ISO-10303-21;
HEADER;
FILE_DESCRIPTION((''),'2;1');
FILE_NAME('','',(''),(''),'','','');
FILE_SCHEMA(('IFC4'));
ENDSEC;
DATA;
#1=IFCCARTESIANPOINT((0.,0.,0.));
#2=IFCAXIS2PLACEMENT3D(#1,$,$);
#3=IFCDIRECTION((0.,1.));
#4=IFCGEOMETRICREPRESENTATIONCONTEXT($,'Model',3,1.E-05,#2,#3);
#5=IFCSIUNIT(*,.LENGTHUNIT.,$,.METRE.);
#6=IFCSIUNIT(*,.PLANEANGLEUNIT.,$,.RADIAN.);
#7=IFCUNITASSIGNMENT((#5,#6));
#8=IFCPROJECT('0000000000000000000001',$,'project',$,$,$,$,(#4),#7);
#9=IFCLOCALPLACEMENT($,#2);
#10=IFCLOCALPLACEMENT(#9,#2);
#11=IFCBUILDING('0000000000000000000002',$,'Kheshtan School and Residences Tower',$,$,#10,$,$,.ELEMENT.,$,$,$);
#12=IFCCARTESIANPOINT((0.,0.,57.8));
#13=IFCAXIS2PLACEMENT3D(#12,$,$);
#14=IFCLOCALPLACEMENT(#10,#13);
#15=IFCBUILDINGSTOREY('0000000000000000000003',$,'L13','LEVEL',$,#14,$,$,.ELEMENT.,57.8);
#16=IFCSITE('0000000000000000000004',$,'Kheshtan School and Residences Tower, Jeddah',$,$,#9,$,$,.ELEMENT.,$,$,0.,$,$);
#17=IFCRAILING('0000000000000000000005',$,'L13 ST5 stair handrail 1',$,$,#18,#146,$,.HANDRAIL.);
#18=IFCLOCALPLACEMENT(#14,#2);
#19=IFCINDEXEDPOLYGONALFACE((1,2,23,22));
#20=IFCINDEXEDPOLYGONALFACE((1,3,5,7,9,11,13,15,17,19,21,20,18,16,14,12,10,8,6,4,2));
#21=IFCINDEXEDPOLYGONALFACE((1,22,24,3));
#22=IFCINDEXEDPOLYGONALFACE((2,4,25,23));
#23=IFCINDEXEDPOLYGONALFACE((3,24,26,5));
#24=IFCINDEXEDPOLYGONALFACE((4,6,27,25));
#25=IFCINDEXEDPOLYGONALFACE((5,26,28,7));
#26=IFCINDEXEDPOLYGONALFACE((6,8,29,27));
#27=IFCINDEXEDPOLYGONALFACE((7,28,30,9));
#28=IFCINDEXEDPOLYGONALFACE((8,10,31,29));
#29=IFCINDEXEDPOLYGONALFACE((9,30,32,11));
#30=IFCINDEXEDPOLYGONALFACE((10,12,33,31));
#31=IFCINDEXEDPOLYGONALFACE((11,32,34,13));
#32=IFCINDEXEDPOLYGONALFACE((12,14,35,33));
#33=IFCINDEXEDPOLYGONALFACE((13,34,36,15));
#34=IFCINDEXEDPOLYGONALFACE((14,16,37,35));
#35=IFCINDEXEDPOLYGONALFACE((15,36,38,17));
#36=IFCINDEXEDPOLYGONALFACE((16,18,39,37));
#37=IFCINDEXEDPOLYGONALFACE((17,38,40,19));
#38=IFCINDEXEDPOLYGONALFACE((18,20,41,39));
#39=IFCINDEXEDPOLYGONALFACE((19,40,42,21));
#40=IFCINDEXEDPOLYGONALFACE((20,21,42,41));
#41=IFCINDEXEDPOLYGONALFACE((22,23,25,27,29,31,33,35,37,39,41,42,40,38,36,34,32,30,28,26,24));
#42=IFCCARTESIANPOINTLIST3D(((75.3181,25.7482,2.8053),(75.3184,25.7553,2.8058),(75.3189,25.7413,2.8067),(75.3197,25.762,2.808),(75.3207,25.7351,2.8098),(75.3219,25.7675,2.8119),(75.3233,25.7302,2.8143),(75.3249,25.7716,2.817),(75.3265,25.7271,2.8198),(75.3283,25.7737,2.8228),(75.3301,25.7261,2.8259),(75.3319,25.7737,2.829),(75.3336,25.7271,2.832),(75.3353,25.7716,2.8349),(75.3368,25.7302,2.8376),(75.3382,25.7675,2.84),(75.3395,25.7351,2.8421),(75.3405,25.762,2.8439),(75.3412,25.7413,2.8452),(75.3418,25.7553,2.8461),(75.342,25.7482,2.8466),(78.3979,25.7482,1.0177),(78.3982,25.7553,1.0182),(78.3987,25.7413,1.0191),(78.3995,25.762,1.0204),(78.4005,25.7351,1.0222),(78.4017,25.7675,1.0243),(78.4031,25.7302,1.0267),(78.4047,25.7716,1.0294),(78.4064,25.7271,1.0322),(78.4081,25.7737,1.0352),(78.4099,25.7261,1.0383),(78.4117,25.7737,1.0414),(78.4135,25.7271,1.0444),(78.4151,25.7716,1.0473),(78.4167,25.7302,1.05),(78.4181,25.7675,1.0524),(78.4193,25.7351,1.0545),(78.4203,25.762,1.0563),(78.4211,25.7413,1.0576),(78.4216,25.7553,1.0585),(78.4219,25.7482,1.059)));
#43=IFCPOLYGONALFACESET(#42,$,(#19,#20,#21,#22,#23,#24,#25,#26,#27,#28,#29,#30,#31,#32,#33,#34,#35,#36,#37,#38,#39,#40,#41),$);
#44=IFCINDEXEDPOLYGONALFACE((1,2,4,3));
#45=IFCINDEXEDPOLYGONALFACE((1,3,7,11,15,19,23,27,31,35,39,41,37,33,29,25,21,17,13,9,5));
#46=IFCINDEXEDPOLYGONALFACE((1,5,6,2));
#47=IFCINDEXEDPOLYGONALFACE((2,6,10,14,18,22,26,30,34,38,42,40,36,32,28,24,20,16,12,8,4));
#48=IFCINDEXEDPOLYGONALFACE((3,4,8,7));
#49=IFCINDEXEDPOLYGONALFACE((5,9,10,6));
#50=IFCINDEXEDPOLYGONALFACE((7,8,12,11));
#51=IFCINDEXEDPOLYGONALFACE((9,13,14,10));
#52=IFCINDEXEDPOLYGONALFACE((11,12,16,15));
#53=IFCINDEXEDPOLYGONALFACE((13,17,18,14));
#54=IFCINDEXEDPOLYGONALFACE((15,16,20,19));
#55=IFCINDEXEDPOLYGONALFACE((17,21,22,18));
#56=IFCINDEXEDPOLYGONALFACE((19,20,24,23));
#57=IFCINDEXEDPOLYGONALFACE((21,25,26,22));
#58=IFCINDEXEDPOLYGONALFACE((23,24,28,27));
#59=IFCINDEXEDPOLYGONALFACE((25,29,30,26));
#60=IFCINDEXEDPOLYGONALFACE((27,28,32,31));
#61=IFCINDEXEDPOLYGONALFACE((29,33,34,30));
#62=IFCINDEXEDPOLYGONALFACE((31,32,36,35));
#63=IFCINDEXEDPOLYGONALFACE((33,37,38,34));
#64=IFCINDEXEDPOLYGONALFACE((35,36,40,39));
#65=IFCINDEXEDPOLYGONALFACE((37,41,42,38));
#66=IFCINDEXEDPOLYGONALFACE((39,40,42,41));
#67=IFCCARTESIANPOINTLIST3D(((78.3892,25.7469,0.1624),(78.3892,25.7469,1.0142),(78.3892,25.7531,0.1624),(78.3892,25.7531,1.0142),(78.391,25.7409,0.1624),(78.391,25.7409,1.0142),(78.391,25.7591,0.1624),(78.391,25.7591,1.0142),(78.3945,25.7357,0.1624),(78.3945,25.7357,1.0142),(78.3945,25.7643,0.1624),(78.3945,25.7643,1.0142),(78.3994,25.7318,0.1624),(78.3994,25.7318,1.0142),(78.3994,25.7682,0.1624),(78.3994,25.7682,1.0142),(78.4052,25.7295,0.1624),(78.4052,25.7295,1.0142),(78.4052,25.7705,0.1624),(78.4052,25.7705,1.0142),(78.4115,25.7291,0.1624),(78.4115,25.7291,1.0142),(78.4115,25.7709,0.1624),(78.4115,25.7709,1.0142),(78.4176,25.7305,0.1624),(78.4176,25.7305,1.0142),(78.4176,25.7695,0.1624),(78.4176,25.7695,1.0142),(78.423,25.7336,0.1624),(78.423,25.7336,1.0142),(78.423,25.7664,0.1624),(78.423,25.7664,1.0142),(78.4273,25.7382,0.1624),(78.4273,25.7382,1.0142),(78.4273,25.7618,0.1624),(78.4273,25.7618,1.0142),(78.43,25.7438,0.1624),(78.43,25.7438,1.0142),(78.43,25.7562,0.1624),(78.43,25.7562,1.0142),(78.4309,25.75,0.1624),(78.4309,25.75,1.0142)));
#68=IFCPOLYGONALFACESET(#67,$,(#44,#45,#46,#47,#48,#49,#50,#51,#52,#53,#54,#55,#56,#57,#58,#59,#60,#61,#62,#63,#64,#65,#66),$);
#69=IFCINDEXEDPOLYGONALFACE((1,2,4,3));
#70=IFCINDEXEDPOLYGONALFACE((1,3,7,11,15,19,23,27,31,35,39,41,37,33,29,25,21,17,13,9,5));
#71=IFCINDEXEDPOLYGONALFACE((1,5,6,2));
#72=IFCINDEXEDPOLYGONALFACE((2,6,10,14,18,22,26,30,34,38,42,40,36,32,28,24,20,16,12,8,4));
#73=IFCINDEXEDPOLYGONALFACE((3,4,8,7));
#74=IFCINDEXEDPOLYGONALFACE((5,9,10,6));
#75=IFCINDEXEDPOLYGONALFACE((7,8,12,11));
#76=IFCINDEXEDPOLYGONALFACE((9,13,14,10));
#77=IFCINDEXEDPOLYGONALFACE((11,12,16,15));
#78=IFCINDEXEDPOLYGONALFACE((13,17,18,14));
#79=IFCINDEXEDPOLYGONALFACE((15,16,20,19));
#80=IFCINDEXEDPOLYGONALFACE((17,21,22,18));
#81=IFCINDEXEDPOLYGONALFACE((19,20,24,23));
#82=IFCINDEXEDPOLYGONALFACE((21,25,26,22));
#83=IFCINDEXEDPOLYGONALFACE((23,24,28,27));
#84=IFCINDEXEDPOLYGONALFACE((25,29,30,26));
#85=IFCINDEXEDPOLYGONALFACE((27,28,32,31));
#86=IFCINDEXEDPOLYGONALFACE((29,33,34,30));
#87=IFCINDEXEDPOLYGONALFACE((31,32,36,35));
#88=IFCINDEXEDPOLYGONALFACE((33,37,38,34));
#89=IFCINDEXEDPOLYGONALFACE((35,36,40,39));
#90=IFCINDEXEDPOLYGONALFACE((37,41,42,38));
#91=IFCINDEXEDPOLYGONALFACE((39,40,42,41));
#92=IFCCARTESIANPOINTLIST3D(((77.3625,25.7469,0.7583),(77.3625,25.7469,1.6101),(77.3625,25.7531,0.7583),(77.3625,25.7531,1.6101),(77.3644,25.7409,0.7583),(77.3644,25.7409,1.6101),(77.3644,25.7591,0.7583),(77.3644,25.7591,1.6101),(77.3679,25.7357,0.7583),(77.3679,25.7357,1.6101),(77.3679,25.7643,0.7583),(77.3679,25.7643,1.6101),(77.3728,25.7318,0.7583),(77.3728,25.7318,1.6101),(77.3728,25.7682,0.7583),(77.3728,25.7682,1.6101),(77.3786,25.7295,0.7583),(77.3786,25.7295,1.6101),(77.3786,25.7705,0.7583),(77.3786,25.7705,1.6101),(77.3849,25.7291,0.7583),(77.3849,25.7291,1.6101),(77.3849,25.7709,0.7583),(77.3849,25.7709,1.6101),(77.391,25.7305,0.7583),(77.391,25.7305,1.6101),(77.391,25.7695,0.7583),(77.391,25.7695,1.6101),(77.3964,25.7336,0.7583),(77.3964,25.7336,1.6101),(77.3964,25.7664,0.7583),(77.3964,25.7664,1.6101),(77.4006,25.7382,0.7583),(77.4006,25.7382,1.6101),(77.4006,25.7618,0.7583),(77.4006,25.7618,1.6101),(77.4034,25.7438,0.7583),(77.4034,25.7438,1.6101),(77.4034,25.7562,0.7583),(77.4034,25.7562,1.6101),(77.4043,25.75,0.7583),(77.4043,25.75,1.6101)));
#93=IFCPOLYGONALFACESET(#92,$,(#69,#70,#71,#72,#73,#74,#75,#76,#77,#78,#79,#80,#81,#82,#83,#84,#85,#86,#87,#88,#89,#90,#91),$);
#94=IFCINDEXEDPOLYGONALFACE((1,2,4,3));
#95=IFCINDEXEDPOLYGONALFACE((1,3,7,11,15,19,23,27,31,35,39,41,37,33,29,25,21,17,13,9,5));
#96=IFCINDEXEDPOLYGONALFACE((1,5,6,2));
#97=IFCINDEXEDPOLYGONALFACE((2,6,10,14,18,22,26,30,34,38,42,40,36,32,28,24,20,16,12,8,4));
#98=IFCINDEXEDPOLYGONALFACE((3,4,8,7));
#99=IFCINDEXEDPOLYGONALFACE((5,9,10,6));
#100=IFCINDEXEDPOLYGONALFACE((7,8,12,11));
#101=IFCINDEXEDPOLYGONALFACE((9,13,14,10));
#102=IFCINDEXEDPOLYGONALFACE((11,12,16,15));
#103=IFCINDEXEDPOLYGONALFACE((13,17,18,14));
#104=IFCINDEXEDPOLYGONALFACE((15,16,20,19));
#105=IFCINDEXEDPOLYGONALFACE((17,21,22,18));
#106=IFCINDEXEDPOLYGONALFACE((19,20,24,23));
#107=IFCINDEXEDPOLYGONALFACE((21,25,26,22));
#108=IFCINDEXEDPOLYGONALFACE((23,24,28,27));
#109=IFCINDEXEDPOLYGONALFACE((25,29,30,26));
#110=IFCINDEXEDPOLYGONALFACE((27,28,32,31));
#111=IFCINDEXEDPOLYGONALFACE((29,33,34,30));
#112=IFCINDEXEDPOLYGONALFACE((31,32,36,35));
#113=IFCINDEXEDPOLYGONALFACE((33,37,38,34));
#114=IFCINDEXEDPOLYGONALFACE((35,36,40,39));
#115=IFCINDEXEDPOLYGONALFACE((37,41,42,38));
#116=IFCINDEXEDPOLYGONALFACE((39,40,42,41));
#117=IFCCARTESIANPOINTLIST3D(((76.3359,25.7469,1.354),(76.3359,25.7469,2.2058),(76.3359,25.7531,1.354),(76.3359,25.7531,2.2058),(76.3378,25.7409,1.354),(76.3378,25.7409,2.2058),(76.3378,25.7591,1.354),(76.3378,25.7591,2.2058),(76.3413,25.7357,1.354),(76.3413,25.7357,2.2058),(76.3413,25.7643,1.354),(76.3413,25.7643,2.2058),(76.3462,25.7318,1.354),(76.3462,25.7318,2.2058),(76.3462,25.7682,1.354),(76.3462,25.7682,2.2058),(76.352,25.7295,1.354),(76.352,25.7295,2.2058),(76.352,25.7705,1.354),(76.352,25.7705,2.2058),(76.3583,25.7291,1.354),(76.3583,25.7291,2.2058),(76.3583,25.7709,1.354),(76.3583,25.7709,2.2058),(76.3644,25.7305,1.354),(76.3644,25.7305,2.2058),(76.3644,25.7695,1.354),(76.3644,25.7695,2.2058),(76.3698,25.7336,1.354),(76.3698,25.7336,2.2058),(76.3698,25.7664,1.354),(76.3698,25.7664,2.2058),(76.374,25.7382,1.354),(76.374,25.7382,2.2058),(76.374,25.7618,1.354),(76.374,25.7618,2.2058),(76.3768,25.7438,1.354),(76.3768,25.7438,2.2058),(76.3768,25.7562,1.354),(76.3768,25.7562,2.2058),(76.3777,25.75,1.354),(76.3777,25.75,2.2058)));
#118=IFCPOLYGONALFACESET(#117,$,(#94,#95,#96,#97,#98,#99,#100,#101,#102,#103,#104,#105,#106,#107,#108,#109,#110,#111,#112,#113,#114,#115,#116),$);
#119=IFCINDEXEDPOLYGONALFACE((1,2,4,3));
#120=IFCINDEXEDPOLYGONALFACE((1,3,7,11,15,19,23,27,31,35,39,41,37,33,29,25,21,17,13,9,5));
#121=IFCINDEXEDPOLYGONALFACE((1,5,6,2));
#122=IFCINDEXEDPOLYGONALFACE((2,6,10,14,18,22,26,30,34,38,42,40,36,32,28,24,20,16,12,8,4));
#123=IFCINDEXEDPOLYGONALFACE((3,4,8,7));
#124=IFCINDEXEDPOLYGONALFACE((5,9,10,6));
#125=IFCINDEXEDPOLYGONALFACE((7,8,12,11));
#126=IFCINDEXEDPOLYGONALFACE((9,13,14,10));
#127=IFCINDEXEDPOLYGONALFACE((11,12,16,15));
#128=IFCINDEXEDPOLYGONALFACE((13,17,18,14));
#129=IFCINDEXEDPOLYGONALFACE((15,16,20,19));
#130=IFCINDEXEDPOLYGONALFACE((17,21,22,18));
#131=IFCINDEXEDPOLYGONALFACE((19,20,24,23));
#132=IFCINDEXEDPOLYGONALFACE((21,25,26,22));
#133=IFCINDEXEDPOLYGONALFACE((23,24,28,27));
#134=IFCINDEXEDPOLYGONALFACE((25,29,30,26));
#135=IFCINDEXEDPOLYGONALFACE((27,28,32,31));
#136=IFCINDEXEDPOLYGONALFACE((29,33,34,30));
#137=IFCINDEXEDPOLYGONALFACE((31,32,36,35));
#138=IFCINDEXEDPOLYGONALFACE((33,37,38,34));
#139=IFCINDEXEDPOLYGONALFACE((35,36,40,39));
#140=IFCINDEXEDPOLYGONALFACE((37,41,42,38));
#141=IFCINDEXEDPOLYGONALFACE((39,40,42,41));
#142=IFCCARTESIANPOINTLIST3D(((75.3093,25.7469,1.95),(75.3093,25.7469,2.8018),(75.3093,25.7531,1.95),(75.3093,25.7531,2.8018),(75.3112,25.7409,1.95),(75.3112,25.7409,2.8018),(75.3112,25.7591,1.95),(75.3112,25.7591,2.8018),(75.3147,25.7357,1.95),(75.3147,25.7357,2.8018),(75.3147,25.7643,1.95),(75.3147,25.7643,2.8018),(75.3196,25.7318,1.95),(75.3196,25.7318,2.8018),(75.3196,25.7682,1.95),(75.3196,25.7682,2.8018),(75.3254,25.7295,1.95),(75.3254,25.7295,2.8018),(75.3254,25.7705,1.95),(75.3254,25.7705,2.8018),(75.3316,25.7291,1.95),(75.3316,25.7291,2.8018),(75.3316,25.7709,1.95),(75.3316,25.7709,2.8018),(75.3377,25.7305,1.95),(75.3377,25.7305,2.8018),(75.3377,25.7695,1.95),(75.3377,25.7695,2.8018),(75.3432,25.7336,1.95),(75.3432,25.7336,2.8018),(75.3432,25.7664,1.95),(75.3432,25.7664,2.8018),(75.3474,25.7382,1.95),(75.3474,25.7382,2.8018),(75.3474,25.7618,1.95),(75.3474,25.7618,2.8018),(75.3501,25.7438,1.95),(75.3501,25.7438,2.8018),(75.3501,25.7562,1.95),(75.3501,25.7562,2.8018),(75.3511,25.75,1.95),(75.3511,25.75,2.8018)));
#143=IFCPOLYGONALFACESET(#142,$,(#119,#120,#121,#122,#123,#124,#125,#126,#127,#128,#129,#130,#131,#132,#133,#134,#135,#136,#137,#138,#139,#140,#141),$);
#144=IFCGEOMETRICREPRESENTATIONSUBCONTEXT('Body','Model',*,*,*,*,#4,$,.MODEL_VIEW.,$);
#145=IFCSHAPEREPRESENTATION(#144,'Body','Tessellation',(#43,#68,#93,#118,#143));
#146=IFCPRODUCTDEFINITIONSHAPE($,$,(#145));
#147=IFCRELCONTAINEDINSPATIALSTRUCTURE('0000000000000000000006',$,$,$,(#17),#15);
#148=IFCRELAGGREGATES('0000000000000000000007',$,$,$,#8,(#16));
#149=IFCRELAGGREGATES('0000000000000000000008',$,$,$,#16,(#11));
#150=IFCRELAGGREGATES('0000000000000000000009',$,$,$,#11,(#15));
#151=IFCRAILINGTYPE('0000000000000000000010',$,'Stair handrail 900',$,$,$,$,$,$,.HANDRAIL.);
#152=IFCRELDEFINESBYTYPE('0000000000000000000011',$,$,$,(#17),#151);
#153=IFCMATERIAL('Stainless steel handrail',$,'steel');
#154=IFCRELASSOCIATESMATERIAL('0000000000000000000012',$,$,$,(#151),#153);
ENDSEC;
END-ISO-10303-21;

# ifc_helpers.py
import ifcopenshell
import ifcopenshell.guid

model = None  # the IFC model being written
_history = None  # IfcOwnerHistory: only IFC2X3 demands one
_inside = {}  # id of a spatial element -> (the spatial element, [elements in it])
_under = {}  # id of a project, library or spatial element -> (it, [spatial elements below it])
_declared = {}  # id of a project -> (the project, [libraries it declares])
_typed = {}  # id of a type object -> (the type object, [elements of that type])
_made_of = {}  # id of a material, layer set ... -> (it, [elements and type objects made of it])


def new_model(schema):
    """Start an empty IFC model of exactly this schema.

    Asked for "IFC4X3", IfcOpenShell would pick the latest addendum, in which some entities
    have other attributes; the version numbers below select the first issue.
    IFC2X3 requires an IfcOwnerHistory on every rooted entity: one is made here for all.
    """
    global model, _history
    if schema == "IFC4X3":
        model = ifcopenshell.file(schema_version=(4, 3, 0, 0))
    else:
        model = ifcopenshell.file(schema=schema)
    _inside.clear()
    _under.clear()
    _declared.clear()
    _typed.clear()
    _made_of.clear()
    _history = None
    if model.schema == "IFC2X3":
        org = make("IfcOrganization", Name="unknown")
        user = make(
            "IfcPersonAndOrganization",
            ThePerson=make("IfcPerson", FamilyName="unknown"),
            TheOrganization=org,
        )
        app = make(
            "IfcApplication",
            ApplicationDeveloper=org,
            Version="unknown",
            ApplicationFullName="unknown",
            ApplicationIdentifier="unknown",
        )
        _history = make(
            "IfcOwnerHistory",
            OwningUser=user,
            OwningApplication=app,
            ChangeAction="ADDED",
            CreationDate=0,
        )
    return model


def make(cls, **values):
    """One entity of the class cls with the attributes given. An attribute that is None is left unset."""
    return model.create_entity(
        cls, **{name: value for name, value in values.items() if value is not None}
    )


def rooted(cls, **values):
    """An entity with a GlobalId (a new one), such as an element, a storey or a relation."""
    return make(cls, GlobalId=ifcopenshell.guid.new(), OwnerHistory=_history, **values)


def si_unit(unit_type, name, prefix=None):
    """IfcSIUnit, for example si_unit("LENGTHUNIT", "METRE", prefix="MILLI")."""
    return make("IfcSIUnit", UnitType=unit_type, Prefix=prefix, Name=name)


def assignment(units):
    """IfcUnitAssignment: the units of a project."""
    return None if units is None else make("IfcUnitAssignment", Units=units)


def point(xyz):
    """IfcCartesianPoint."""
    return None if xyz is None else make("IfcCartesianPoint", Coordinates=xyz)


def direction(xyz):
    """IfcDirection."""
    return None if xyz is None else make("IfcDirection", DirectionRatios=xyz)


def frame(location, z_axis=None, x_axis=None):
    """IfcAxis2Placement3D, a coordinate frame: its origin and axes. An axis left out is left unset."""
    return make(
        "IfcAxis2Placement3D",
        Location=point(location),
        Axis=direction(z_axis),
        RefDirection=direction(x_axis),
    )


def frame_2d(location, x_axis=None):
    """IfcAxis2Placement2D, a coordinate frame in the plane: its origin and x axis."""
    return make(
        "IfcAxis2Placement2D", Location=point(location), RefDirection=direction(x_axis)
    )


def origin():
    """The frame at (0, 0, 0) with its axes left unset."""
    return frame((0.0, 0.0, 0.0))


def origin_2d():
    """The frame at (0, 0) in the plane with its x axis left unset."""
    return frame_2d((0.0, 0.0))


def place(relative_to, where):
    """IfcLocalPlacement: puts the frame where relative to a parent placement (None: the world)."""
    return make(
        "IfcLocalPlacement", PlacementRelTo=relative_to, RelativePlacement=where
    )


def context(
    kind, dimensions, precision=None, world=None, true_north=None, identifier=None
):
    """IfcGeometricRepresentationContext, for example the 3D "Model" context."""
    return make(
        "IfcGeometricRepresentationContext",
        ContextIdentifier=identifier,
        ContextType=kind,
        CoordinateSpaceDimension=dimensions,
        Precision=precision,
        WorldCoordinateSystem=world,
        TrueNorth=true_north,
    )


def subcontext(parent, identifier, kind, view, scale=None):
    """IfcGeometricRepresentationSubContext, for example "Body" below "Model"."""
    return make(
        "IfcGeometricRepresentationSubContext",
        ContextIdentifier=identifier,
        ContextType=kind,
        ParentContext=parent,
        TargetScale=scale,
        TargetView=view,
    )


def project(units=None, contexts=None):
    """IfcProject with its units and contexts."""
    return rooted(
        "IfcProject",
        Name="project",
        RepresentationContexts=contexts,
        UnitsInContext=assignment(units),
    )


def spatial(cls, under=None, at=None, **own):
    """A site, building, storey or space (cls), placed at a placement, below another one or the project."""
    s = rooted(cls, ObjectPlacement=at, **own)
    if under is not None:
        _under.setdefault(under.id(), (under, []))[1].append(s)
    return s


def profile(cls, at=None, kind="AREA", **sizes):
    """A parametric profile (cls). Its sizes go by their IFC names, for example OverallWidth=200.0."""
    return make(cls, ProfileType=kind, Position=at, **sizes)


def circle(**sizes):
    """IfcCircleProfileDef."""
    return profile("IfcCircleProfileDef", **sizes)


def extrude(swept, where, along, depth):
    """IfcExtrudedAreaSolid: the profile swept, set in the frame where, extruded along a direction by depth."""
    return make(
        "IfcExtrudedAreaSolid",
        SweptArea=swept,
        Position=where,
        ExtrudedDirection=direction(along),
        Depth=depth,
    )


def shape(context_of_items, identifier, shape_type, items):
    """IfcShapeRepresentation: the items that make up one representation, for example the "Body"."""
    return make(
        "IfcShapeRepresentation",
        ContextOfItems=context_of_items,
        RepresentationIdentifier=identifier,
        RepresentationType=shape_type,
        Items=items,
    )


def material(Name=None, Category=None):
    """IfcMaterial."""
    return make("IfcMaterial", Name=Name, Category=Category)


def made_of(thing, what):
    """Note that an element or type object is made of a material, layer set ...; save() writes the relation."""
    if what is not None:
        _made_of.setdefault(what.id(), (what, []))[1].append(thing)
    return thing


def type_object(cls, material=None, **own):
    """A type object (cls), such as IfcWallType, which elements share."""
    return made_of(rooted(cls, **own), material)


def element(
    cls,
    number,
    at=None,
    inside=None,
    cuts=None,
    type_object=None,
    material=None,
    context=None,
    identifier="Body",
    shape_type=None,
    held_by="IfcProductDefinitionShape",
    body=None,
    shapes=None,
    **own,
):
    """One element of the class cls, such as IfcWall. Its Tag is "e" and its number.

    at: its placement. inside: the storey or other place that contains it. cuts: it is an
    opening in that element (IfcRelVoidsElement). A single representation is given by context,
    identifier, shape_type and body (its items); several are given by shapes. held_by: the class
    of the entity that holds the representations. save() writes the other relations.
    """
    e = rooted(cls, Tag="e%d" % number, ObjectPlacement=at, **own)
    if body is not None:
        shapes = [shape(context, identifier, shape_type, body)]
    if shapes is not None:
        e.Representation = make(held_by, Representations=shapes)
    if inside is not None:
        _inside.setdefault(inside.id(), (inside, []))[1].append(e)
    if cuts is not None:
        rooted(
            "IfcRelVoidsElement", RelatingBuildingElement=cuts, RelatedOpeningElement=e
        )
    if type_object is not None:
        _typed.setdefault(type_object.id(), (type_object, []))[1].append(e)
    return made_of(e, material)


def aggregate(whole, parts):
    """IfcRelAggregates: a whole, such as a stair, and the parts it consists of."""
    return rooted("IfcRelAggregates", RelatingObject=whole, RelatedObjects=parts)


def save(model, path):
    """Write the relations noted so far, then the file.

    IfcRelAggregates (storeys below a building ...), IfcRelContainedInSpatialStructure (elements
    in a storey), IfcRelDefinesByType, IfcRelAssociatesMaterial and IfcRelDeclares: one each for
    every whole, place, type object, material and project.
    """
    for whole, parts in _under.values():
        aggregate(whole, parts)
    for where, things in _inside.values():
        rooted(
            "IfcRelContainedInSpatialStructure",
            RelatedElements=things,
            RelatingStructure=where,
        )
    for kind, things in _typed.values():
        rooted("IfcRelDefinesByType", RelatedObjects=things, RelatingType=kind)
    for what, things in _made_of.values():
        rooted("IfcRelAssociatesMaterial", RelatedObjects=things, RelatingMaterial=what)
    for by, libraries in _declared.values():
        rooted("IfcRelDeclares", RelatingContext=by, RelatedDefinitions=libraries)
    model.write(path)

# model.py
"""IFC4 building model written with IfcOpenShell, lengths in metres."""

from ifc_helpers import new_model, si_unit, direction, frame, origin, origin_2d, place, context, subcontext, project, spatial, circle, extrude, material, type_object, element, save


model = new_model("IFC4")

# Units and contexts
model_context = context("Model", 3, precision=1e-05, world=origin(), true_north=direction((0.0, 1.0)))
body_context = subcontext(model_context, "Body", "Model", "MODEL_VIEW")
ifc_project = project(units=[si_unit("LENGTHUNIT", "METRE"), si_unit("PLANEANGLEUNIT", "RADIAN")], contexts=[model_context])

# Site, building, storey
site_placement = place(None, origin())
site = spatial("IfcSite", under=ifc_project, at=site_placement, Name="Kheshtan School and Residences Tower, Jeddah", CompositionType="ELEMENT", RefElevation=0.0)
building_placement = place(site_placement, origin())
building = spatial("IfcBuilding", under=site, at=building_placement, Name="Kheshtan School and Residences Tower", CompositionType="ELEMENT")
storey_placement = place(building_placement, frame((0.0, 0.0, 57.8)))
storey = spatial("IfcBuildingStorey", under=building, at=storey_placement, Name="L13", Description="LEVEL", CompositionType="ELEMENT", Elevation=57.8)

# Railing
ifc_material_1 = material(Name="Stainless steel handrail", Category="steel")
railing_type_1 = type_object("IfcRailingType", Name="Stair handrail 900", PredefinedType="HANDRAIL", material=ifc_material_1)
railing_1_placement = place(storey_placement, frame((78.4099, 25.75, 0.1624)))
element("IfcRailing", 1, at=railing_1_placement, inside=storey, type_object=railing_type_1, Name="L13 ST5 stair handrail 1", PredefinedType="HANDRAIL", context=body_context, shape_type="SweptSolid", body=[
    extrude(circle(Radius=0.0239, at=origin_2d()), frame((0.0, 0.0, 0.876), z_axis=(-0.864873, 0.0, 0.50199), x_axis=(0.0, -1.0, 0.0)), (0.0, 0.0, 1.0), 3.561),
    extrude(circle(Radius=0.021, at=origin_2d()), origin(), (0.0, 0.0, 1.0), 0.8518),
    extrude(circle(Radius=0.021, at=origin_2d()), frame((-1.0266, 0.0, 0.5959)), (0.0, 0.0, 1.0), 0.8518),
    extrude(circle(Radius=0.021, at=origin_2d()), frame((-2.0532, 0.0, 1.1917)), (0.0, 0.0, 1.0), 0.8518),
    extrude(circle(Radius=0.021, at=origin_2d()), frame((-3.0798, 0.0, 1.7876)), (0.0, 0.0, 1.0), 0.8518),
])

save(model, "model.ifc")
